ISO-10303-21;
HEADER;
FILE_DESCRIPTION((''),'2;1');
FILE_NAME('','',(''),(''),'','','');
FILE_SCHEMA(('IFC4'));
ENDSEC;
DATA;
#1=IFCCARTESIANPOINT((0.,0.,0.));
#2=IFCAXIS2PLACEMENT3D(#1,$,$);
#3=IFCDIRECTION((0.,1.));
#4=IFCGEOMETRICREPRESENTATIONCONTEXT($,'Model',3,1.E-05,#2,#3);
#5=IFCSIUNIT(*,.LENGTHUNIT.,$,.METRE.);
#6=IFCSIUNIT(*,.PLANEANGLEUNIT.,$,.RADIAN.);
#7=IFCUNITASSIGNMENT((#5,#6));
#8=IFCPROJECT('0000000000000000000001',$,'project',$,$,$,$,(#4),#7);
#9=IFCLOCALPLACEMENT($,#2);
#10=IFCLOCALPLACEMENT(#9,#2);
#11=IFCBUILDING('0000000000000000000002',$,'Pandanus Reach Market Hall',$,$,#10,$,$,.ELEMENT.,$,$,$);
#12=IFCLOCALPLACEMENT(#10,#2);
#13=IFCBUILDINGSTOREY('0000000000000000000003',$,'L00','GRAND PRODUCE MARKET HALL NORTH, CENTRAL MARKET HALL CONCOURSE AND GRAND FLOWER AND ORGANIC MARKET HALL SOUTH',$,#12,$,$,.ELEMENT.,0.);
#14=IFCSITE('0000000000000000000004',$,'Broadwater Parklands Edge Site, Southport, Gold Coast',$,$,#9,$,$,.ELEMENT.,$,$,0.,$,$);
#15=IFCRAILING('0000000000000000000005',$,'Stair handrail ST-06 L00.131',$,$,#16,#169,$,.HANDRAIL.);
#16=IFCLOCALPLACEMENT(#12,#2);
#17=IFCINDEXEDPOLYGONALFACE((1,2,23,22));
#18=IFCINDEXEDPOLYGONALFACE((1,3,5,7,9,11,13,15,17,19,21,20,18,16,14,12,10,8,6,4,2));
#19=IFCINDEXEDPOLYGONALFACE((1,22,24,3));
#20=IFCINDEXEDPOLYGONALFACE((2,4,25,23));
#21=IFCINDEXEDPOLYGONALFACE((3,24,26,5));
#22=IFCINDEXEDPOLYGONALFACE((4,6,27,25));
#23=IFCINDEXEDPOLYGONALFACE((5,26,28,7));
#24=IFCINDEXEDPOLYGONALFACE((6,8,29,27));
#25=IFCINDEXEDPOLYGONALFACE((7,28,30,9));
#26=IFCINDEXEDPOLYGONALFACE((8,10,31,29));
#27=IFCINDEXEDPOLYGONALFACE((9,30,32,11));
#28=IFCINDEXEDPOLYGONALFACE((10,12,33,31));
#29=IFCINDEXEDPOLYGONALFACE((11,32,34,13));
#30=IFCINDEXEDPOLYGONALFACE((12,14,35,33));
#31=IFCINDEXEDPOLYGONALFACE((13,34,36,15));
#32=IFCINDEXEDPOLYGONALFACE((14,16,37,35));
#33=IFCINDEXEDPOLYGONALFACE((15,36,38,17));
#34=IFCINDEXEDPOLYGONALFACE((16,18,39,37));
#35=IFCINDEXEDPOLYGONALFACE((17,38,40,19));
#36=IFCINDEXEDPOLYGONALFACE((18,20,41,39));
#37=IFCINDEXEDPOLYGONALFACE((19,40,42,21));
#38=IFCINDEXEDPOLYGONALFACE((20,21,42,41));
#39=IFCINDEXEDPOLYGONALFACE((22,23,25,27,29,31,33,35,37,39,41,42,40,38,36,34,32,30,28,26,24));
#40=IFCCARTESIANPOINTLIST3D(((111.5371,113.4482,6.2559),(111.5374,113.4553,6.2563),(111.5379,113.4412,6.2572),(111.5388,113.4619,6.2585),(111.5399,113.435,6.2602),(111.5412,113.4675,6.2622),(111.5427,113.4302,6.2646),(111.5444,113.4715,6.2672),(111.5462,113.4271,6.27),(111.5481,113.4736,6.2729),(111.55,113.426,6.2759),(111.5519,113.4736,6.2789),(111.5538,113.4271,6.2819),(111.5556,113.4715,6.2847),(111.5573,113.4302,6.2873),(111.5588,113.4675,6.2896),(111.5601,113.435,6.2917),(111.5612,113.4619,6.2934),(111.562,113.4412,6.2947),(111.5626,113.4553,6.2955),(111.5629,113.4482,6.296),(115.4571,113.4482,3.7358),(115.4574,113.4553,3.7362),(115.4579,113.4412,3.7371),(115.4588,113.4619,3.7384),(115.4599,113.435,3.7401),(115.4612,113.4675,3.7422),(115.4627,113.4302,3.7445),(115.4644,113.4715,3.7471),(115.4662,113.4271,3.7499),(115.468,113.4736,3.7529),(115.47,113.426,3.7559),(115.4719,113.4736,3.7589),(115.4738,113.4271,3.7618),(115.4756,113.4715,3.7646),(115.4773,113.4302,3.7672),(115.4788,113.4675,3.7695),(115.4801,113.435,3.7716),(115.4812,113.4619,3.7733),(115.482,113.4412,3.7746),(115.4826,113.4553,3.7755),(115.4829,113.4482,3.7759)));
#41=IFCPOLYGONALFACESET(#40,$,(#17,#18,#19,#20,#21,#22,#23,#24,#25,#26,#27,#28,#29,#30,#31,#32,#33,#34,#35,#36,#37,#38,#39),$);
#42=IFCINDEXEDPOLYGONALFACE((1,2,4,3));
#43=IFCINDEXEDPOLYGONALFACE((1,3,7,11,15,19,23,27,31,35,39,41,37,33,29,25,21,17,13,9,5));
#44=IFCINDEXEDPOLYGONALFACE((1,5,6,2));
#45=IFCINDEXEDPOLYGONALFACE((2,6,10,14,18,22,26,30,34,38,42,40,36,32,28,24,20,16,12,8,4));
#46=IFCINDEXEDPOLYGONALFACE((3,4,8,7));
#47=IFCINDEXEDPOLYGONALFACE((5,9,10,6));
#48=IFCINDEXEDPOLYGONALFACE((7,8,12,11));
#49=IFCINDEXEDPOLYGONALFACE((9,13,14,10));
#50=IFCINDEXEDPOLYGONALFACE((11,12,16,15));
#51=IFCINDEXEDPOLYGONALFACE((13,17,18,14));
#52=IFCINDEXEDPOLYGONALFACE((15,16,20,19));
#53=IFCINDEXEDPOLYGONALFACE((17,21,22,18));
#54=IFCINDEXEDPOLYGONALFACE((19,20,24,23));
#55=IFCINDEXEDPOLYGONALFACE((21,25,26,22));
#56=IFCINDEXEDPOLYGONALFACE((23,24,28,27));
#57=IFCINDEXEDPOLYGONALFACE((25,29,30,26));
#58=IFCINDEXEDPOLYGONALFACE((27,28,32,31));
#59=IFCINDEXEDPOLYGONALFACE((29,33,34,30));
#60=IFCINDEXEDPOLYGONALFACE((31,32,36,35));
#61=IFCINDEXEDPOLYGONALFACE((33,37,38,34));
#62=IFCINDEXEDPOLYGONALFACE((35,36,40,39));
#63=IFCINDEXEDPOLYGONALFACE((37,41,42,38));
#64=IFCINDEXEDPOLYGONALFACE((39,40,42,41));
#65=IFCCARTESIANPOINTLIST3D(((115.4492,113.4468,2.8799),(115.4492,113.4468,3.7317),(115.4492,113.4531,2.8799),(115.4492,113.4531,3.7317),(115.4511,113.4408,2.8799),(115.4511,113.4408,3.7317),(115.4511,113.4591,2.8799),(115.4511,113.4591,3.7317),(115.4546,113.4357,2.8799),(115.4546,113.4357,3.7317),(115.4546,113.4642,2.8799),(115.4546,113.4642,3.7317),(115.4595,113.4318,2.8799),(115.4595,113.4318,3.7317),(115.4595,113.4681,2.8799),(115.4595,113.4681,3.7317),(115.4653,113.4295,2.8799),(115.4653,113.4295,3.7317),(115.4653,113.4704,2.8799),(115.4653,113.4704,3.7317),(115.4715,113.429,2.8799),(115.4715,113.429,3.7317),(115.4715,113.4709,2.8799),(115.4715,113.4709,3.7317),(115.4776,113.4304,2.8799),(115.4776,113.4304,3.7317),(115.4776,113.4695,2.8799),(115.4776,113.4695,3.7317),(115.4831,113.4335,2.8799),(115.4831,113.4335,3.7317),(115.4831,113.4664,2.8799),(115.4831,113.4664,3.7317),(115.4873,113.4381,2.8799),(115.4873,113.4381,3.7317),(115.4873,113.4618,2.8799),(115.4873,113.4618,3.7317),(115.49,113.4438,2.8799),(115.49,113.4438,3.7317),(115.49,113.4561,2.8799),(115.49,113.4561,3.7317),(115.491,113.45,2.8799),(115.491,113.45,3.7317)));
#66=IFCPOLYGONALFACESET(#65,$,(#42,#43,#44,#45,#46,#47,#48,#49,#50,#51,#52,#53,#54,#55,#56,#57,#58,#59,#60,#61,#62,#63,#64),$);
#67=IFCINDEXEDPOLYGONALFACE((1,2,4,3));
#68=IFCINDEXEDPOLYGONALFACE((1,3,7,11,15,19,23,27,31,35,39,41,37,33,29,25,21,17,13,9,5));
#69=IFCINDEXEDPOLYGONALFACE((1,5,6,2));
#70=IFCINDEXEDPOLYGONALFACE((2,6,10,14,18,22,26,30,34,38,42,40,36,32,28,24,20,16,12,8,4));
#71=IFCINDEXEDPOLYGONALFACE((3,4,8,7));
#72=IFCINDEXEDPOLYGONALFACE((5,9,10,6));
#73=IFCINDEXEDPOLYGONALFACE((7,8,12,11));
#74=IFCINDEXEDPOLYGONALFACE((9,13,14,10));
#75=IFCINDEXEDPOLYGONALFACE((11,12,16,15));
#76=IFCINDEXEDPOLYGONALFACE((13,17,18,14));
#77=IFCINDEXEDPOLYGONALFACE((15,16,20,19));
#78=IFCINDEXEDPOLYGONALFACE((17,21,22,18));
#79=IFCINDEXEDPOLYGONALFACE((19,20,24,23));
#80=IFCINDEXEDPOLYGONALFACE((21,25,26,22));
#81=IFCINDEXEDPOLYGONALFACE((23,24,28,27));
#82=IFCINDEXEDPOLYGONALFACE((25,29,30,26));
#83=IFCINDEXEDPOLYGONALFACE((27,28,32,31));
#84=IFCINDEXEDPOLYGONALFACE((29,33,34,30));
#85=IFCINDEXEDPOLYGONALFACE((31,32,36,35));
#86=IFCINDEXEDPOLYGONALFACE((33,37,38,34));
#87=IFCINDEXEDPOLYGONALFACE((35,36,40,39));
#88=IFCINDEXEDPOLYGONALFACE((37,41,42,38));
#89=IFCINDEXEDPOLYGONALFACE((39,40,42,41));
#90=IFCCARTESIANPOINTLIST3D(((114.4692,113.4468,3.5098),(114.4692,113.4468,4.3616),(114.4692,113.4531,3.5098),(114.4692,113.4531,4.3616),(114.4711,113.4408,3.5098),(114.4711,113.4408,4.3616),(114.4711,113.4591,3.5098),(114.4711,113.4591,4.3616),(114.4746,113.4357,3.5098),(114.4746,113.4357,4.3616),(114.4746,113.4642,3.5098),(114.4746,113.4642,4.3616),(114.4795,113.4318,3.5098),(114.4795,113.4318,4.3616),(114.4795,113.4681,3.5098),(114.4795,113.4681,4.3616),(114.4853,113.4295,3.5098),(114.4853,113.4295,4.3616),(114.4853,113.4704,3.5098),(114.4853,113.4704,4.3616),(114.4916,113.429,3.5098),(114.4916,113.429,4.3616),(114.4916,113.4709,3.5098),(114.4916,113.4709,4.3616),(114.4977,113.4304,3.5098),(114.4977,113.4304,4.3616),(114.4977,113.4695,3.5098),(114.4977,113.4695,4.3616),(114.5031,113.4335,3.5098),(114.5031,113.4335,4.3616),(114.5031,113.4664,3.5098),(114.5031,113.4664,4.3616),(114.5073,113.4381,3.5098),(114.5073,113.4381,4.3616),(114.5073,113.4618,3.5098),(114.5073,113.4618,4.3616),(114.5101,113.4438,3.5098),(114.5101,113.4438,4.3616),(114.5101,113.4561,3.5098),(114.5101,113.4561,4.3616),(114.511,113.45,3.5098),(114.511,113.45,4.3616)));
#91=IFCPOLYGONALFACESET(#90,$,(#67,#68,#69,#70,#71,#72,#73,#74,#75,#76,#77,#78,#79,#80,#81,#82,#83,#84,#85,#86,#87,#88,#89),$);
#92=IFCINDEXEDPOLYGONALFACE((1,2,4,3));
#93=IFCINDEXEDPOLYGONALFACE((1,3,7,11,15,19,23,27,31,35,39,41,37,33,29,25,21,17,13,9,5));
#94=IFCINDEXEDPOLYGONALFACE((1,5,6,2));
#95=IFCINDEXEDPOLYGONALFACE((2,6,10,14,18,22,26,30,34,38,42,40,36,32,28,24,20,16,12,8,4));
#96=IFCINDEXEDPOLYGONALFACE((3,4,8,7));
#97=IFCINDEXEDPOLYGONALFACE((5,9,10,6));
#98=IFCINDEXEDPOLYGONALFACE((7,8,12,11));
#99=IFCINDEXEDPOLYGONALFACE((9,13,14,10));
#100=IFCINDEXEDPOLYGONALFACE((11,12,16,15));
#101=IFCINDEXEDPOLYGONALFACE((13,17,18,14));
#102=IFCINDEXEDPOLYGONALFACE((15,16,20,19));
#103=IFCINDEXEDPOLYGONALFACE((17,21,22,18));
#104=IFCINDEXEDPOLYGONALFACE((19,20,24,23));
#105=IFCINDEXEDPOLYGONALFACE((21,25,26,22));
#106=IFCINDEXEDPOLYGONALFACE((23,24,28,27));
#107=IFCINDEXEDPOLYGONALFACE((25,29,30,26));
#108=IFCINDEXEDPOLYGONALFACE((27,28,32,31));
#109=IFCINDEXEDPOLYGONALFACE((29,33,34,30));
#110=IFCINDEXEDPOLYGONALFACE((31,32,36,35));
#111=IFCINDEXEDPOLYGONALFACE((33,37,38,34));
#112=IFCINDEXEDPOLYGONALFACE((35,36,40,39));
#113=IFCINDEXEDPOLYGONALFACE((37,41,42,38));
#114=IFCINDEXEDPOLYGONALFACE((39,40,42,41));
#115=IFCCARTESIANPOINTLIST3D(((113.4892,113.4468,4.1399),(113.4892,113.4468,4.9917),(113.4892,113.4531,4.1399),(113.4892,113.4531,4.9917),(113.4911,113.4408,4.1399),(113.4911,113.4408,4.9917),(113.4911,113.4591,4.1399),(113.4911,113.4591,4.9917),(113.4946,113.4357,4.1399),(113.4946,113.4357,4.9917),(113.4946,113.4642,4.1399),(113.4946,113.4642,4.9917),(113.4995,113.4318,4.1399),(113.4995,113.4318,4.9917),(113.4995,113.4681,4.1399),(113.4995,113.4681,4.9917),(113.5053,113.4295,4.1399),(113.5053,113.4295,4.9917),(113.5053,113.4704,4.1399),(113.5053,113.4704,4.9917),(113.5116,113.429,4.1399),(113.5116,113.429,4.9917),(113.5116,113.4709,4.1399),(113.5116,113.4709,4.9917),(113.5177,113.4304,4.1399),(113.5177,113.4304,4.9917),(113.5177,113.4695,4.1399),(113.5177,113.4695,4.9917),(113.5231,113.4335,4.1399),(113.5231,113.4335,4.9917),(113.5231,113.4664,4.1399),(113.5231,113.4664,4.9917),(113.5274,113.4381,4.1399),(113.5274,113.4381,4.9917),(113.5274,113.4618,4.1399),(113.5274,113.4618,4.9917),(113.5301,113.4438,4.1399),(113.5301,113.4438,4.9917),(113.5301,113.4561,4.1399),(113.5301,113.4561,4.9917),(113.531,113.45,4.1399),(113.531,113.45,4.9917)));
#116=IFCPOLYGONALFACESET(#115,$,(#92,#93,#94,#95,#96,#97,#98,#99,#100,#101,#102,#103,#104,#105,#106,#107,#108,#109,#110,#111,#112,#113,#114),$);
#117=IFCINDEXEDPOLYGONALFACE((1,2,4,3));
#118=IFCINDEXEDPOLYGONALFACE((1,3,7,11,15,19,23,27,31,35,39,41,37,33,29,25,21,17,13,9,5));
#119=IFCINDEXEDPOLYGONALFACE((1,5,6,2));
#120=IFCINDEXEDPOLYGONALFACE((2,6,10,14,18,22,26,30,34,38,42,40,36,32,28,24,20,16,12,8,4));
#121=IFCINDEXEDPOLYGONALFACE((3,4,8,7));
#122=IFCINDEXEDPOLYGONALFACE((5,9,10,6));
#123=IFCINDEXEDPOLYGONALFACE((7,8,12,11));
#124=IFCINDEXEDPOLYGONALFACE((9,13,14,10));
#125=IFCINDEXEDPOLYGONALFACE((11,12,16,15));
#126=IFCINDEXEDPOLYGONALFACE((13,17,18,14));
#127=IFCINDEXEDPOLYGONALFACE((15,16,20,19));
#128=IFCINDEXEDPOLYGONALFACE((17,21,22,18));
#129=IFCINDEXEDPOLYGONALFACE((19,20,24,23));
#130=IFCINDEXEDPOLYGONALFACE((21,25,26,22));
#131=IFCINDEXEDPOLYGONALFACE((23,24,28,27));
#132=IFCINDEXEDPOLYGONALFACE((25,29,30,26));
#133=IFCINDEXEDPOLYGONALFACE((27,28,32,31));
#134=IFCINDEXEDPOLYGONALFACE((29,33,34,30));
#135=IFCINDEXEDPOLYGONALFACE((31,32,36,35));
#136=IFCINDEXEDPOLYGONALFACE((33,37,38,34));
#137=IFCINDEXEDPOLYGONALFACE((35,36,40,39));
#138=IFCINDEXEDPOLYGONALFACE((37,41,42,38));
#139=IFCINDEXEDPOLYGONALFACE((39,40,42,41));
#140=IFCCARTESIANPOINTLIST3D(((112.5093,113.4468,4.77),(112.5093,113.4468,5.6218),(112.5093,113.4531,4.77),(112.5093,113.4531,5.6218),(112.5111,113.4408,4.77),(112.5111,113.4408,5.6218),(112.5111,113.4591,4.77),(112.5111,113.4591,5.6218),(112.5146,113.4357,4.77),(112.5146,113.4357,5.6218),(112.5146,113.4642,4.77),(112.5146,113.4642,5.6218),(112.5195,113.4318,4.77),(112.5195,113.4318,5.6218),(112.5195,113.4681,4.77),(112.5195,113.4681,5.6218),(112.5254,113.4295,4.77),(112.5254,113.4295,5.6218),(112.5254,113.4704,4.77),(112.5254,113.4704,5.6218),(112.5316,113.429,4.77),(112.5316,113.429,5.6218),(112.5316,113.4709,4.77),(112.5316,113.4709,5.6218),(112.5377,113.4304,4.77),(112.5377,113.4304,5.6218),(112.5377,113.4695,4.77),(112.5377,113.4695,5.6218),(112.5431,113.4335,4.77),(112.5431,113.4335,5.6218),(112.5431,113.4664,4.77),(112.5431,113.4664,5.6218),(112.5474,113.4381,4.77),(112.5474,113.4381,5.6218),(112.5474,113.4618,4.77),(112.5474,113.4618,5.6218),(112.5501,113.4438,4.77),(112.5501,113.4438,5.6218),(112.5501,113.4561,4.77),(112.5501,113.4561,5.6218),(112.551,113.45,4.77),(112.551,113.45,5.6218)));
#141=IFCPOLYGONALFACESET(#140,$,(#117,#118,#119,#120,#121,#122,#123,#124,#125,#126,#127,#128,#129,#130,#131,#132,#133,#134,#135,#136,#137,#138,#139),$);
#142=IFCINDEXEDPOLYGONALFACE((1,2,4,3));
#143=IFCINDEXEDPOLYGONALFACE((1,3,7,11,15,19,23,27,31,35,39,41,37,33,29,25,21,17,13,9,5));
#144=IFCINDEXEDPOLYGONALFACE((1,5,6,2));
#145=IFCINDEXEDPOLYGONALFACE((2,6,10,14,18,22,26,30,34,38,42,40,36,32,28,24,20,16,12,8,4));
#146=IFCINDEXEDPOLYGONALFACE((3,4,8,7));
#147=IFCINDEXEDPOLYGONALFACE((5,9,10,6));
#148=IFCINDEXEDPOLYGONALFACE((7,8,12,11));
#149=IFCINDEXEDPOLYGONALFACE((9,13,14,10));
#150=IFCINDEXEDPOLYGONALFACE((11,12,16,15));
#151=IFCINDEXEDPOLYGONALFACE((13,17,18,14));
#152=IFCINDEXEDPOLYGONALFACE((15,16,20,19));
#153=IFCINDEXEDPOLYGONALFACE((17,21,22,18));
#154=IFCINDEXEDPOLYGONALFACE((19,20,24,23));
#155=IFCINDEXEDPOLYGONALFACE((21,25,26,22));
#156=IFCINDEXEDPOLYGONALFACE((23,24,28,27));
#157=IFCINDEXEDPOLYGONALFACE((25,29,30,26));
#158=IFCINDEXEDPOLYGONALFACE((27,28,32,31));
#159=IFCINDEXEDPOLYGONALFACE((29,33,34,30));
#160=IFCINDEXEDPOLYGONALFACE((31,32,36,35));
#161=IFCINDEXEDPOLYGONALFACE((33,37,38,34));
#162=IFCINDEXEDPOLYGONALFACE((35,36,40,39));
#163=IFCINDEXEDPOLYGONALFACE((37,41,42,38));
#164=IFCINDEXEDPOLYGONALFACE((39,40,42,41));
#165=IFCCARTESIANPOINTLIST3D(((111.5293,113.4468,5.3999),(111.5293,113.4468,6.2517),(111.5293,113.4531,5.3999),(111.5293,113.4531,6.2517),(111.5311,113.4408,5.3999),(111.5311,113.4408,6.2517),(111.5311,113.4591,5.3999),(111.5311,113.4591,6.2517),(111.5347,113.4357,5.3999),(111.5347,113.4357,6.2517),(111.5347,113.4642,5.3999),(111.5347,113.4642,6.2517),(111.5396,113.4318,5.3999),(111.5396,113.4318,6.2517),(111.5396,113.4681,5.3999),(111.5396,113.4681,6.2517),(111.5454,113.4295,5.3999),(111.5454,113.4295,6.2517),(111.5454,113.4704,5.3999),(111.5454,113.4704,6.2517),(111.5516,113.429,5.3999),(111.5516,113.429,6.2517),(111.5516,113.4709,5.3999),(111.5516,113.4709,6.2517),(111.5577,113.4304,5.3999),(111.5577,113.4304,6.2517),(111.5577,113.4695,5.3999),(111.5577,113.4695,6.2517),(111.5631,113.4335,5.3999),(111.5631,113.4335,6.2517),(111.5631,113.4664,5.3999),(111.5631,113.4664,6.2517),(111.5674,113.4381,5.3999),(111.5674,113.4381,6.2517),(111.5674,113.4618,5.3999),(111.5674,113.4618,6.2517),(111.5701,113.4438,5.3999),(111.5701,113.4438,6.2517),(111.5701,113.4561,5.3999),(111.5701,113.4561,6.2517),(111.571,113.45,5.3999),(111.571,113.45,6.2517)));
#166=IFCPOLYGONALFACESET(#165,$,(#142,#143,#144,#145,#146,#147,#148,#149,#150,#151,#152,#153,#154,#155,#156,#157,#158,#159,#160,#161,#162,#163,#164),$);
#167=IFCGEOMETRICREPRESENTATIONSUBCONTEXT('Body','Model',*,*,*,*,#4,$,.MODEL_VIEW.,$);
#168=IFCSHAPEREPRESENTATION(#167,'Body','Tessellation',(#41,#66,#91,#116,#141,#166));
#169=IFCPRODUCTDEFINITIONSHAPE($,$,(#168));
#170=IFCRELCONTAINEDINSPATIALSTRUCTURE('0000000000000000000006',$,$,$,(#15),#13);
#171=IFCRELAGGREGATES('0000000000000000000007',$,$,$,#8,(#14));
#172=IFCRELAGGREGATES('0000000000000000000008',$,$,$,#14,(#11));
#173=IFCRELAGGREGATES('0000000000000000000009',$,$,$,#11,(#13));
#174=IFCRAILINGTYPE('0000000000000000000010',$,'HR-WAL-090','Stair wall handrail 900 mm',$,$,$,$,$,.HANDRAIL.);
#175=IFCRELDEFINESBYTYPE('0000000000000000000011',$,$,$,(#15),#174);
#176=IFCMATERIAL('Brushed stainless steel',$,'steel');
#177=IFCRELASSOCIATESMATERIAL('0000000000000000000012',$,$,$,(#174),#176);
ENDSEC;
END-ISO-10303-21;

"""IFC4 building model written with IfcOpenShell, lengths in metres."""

from ifc_helpers import new_model, si_unit, direction, frame, origin, origin_2d, place, context, subcontext, project, spatial, circle, extrude, material, type_object, element, save


model = new_model("IFC4")

# Units and contexts
model_context = context("Model", 3, precision=1e-05, world=origin(), true_north=direction((0.0, 1.0)))
body_context = subcontext(model_context, "Body", "Model", "MODEL_VIEW")
ifc_project = project(units=[si_unit("LENGTHUNIT", "METRE"), si_unit("PLANEANGLEUNIT", "RADIAN")], contexts=[model_context])

# Site, building, storey
site_placement = place(None, origin())
site = spatial("IfcSite", under=ifc_project, at=site_placement, Name="Broadwater Parklands Edge Site, Southport, Gold Coast", CompositionType="ELEMENT", RefElevation=0.0)
building_placement = place(site_placement, origin())
building = spatial("IfcBuilding", under=site, at=building_placement, Name="Pandanus Reach Market Hall", CompositionType="ELEMENT")
storey_placement = place(building_placement, origin())
storey = spatial("IfcBuildingStorey", under=building, at=storey_placement, Name="L00", Description="GRAND PRODUCE MARKET HALL NORTH, CENTRAL MARKET HALL CONCOURSE AND GRAND FLOWER AND ORGANIC MARKET HALL SOUTH", CompositionType="ELEMENT", Elevation=0.0)

# Railing
ifc_material_1 = material(Name="Brushed stainless steel", Category="steel")
railing_type_1 = type_object("IfcRailingType", Name="HR-WAL-090", Description="Stair wall handrail 900 mm", PredefinedType="HANDRAIL", material=ifc_material_1)
railing_1_placement = place(storey_placement, frame((115.47, 113.45, 2.8799)))
element("IfcRailing", 1, at=railing_1_placement, inside=storey, type_object=railing_type_1, Name="Stair handrail ST-06 L00.131", PredefinedType="HANDRAIL", context=body_context, shape_type="SweptSolid", body=[
    extrude(circle(Radius=0.0239, at=origin_2d()), frame((0.0, 0.0, 0.876), z_axis=(-0.841172, 0.0, 0.540768), x_axis=(0.0, -1.0, 0.0)), (0.0, 0.0, 1.0), 4.6602),
    extrude(circle(Radius=0.021, at=origin_2d()), origin(), (0.0, 0.0, 1.0), 0.8518),
    extrude(circle(Radius=0.021, at=origin_2d()), frame((-0.98, 0.0, 0.6299)), (0.0, 0.0, 1.0), 0.8518),
    extrude(circle(Radius=0.021, at=origin_2d()), frame((-1.96, 0.0, 1.26)), (0.0, 0.0, 1.0), 0.8518),
    extrude(circle(Radius=0.021, at=origin_2d()), frame((-2.9399, 0.0, 1.8901)), (0.0, 0.0, 1.0), 0.8518),
    extrude(circle(Radius=0.021, at=origin_2d()), frame((-3.9199, 0.0, 2.52)), (0.0, 0.0, 1.0), 0.8518),
])

save(model, "model.ifc")
